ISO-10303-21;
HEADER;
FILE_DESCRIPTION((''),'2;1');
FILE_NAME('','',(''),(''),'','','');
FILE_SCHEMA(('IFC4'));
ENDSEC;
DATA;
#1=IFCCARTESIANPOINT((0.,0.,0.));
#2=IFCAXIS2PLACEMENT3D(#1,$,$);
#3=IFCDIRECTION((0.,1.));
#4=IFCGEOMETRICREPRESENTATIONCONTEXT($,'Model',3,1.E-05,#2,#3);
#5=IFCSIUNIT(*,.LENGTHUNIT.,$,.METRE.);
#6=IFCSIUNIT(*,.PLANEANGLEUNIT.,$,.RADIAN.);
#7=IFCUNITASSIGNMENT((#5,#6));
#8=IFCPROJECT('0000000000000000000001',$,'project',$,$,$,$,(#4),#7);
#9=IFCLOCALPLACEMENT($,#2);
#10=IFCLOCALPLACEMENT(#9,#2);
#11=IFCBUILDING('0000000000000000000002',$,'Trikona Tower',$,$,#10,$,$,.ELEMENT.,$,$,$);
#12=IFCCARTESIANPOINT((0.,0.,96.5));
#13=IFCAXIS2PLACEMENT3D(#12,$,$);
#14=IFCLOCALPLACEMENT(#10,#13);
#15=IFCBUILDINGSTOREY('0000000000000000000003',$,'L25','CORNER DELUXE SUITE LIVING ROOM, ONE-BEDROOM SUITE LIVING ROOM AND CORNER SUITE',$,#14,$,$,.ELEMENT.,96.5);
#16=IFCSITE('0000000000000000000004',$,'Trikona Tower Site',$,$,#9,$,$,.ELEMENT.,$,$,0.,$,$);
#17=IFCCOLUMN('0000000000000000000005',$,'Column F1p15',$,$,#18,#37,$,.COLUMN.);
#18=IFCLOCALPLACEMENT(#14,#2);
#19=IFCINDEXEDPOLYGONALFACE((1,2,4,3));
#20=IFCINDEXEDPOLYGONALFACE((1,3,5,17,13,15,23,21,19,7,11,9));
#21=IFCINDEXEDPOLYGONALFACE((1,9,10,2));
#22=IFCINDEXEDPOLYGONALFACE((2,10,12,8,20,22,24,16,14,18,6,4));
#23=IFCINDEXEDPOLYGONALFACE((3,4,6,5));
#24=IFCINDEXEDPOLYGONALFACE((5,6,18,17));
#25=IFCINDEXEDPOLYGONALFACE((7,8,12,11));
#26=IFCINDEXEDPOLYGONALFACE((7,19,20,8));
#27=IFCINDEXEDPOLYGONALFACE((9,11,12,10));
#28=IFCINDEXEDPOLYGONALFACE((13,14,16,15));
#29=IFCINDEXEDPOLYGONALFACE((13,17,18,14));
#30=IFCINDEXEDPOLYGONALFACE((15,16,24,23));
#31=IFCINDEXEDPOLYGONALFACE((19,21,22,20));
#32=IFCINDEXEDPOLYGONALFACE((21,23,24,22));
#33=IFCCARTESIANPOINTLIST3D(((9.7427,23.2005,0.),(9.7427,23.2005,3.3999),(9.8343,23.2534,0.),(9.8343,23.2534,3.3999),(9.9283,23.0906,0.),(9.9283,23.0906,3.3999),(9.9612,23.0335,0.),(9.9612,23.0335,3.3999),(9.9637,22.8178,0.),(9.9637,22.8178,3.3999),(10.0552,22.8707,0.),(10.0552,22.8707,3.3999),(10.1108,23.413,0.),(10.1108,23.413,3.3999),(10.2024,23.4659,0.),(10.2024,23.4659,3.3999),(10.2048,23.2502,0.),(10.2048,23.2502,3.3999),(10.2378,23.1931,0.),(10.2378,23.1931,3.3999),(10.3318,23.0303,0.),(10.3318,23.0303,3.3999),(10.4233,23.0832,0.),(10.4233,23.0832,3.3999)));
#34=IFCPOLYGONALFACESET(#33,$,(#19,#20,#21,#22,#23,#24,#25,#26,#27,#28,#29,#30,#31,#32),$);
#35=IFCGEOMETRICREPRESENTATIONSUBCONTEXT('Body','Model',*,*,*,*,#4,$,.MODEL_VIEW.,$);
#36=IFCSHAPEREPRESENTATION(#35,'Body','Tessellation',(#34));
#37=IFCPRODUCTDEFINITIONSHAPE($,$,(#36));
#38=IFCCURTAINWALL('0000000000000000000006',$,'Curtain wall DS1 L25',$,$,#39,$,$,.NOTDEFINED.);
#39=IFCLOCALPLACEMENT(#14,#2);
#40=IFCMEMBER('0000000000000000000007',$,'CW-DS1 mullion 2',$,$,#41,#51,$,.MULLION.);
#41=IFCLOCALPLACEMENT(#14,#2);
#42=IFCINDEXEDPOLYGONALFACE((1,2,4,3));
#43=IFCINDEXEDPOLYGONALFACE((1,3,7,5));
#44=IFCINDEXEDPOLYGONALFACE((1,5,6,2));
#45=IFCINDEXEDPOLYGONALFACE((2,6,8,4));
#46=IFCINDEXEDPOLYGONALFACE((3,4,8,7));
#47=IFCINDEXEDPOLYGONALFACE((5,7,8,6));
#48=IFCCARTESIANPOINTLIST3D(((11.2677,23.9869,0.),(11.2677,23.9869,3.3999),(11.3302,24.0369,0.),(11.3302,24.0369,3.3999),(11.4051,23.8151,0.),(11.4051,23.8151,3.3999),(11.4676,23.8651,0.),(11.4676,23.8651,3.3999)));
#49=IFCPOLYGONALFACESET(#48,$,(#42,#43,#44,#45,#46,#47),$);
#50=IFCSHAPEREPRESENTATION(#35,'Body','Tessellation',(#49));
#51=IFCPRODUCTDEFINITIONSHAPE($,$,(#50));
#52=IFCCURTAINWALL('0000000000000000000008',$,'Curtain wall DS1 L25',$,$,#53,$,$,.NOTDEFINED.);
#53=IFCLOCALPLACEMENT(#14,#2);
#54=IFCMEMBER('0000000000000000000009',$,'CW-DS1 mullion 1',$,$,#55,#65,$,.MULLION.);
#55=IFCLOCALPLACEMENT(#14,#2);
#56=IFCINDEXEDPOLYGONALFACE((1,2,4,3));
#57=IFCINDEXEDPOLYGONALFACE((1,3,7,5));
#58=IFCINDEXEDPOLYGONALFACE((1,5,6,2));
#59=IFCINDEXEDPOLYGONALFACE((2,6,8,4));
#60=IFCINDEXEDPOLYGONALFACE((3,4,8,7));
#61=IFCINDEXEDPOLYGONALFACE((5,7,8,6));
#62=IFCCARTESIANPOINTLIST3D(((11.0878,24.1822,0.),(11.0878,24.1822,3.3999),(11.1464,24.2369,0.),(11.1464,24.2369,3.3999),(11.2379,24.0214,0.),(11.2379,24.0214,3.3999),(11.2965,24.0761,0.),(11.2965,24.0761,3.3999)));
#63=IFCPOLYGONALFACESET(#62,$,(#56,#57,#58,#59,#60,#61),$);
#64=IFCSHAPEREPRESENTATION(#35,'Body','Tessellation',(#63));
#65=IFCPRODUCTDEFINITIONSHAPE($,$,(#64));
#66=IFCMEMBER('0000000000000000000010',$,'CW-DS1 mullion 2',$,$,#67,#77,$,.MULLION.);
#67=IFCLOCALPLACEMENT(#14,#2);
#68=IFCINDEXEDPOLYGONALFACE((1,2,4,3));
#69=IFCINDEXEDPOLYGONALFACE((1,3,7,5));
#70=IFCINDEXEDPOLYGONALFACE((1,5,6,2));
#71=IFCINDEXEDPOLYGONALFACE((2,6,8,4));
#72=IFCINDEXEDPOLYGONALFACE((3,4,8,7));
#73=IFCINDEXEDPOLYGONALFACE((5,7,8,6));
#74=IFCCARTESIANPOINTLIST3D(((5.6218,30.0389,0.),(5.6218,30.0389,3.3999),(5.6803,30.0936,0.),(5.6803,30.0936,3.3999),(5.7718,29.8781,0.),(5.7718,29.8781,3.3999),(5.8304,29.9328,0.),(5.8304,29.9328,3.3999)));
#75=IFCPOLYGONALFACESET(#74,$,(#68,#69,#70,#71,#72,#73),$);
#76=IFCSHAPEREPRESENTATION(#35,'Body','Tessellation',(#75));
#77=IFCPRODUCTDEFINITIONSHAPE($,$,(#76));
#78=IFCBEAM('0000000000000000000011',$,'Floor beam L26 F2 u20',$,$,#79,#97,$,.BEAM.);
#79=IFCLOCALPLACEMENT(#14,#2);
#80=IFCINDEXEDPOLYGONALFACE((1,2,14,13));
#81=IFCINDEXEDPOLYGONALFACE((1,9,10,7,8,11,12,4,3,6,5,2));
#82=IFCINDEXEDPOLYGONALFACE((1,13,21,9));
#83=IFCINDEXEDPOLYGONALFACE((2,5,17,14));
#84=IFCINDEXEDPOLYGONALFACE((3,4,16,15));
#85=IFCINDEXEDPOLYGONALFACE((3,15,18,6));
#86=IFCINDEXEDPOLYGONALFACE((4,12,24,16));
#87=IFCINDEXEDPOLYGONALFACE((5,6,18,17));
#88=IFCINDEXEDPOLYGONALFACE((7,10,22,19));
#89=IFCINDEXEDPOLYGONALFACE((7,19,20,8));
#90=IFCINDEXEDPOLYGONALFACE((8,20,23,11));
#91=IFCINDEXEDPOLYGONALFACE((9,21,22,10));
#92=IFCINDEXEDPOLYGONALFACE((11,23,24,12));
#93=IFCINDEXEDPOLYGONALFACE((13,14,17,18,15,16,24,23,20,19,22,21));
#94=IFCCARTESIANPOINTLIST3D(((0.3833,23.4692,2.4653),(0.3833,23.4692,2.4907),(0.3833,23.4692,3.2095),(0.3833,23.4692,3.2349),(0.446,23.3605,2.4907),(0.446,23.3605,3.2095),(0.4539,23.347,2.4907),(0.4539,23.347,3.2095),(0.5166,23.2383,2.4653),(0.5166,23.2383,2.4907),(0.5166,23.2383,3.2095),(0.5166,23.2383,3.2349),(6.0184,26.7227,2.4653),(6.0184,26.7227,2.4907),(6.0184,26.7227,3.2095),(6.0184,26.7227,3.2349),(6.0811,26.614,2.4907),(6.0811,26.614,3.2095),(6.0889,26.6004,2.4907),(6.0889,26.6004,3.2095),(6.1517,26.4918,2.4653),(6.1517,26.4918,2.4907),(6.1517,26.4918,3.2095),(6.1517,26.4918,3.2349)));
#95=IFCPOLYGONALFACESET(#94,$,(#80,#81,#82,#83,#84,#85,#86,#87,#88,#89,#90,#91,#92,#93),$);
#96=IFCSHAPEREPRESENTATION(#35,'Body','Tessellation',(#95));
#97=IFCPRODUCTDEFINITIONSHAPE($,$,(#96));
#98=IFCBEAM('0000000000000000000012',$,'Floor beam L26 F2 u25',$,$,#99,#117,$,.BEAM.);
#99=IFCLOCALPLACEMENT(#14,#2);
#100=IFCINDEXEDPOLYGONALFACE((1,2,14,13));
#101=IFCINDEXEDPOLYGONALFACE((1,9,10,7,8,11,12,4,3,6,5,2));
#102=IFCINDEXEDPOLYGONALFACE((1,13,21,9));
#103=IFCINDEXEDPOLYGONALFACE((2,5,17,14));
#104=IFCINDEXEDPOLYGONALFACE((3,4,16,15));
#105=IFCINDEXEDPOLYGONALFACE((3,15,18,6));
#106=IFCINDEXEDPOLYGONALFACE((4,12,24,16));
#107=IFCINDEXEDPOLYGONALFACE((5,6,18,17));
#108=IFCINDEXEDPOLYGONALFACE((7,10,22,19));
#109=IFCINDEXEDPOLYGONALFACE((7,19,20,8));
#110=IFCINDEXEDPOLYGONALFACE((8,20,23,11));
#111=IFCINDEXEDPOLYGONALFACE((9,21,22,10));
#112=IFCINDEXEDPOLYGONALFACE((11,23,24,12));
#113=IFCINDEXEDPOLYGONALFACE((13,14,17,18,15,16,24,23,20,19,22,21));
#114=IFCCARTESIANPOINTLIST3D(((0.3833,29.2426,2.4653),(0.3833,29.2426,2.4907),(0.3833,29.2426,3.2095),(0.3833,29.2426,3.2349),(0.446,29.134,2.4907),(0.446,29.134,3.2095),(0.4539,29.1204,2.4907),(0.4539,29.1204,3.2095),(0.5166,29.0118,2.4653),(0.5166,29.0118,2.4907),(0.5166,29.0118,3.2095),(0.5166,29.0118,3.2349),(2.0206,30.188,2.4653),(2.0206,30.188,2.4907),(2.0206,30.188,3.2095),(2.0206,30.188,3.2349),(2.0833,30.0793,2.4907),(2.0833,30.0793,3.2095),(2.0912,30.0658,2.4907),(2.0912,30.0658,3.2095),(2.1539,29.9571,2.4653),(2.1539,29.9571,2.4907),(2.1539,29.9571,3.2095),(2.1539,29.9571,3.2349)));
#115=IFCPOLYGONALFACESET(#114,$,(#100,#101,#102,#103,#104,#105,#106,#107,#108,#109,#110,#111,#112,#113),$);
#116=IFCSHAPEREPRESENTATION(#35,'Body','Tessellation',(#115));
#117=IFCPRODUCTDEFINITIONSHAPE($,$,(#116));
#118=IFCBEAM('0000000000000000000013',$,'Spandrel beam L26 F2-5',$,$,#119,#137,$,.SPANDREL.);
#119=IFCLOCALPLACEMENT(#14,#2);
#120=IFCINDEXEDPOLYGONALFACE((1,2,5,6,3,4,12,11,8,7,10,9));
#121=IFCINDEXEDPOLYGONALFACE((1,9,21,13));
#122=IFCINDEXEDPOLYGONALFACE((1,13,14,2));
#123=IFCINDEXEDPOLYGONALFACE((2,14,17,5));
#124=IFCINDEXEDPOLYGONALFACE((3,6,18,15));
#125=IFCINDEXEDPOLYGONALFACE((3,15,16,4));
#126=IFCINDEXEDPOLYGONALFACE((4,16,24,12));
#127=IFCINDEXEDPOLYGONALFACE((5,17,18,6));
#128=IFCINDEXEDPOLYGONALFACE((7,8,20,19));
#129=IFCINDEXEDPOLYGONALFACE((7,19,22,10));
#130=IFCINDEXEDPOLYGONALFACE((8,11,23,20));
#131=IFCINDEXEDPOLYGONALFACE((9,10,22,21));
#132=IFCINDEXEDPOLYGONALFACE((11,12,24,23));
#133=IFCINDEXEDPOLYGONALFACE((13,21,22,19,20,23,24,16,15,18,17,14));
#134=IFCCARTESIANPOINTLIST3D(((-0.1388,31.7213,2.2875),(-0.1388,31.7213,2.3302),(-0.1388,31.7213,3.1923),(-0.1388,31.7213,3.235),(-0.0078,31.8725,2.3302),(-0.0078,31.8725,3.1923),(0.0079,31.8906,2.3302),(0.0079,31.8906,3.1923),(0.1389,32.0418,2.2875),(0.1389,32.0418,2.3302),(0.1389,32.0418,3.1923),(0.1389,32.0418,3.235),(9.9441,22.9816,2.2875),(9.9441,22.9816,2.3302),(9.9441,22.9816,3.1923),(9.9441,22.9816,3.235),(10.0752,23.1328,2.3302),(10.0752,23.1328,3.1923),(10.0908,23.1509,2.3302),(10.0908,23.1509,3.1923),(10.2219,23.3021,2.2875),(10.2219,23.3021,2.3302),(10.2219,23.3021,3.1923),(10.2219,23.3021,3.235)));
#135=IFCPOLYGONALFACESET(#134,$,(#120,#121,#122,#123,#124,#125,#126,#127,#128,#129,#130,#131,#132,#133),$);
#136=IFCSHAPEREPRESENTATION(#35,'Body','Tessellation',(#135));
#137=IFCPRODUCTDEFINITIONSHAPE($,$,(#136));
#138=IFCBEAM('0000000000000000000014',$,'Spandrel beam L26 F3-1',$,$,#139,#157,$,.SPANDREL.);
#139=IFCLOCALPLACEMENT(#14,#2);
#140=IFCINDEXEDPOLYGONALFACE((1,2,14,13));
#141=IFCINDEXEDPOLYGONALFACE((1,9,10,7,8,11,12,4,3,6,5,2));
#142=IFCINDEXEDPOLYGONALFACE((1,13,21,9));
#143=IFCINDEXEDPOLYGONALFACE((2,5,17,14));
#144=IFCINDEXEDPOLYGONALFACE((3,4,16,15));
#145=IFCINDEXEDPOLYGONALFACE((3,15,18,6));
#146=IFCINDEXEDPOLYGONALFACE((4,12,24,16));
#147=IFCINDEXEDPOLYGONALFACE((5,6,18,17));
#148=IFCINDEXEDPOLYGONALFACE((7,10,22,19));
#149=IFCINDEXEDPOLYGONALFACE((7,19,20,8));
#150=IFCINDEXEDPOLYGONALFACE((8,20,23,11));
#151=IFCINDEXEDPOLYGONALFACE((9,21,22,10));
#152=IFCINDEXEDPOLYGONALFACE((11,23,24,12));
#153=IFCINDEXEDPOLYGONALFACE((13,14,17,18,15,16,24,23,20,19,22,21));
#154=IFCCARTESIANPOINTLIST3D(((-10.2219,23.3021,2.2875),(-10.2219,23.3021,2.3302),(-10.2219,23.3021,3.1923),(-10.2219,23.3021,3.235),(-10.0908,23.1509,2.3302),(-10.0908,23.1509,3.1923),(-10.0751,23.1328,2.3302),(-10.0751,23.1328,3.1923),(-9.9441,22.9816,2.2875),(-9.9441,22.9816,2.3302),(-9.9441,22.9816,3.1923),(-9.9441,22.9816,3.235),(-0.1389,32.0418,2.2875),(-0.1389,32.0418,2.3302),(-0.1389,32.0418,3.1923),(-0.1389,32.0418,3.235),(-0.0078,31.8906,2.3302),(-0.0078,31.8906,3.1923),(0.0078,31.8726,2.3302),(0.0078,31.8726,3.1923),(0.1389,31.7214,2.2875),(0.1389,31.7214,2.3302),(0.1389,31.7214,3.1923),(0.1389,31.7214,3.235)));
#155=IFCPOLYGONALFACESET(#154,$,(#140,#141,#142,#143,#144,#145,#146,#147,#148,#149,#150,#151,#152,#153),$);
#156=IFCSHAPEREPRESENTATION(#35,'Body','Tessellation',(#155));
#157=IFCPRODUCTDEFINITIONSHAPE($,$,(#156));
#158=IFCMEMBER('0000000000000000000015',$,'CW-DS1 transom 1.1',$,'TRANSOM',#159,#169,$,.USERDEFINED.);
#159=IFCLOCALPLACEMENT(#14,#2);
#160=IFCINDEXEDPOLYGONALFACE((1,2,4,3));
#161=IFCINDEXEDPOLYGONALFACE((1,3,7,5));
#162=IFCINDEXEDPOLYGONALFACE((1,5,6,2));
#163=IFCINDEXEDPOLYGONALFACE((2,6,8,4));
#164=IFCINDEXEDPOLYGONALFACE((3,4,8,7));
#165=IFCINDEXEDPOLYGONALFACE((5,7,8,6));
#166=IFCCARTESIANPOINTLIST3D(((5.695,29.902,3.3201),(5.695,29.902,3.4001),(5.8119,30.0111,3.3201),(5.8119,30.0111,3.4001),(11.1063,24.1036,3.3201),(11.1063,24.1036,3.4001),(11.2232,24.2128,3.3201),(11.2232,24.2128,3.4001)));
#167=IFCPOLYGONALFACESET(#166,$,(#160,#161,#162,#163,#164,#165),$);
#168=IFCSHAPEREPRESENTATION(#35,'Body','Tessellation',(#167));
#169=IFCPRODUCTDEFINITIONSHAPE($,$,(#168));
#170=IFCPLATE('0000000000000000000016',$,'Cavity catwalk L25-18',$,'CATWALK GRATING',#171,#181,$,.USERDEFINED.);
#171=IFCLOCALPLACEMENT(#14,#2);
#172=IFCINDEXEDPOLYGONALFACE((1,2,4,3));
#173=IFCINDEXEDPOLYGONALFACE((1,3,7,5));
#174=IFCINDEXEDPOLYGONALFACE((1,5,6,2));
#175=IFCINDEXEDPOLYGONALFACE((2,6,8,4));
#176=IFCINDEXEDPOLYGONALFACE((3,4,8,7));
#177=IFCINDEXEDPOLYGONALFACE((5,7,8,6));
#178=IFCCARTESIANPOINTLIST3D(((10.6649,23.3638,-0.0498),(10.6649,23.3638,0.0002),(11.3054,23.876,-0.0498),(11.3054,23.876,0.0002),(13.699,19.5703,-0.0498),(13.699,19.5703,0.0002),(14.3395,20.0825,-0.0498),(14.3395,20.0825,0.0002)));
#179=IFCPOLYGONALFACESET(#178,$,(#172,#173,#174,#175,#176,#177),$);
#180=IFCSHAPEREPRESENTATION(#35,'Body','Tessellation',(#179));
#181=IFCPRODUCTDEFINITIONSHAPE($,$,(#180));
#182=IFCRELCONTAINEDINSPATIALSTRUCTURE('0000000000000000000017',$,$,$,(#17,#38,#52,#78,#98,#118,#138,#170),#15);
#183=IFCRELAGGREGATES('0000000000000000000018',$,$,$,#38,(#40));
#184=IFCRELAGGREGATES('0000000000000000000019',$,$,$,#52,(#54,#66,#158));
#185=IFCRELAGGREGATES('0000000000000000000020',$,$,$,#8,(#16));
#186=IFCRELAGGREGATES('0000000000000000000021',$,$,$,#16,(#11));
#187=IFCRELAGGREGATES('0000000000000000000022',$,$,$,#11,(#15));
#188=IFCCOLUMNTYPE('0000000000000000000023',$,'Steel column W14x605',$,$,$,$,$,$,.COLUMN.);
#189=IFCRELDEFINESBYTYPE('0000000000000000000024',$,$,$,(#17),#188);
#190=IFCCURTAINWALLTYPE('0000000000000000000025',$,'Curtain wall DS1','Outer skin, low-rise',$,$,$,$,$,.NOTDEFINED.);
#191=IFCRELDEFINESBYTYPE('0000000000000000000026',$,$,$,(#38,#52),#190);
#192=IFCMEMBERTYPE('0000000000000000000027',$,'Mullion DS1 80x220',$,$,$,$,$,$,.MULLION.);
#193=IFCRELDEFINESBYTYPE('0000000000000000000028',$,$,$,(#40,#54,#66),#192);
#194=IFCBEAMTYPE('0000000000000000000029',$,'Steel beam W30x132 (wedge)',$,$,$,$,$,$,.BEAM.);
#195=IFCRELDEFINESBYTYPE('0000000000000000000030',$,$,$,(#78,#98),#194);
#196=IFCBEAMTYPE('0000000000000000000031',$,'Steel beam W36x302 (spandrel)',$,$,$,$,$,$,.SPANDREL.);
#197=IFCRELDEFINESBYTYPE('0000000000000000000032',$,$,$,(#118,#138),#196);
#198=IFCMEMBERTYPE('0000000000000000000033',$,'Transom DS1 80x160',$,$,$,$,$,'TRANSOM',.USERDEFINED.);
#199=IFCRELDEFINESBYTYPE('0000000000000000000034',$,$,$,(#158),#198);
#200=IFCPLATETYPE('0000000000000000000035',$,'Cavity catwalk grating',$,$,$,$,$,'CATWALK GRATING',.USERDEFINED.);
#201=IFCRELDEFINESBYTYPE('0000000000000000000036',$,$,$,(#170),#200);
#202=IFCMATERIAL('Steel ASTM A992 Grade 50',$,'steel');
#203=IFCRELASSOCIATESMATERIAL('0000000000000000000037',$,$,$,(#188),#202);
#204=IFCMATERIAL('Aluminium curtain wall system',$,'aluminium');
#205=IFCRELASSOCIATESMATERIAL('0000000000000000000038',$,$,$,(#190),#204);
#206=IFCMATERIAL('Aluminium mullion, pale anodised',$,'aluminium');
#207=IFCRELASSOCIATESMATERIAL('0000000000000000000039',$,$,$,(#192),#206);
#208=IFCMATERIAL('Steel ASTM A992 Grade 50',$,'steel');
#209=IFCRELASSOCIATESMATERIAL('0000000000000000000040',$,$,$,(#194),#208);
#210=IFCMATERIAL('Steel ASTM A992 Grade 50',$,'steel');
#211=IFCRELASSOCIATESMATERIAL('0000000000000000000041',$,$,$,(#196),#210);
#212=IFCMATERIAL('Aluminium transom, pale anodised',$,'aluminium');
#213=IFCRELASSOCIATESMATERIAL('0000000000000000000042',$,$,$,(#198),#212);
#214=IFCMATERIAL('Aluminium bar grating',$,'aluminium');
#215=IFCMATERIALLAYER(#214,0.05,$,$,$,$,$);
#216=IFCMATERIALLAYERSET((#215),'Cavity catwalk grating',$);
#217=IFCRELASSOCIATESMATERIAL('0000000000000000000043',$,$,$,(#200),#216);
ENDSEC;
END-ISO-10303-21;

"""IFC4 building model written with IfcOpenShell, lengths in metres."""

from ifc_helpers import new_model, si_unit, direction, frame, origin, origin_2d, place, context, subcontext, project, spatial, rectangle, i_section, extrude, material, layer, layer_set, material_profile, profile_set, type_object, element, aggregate, save


model = new_model("IFC4")

# Units and contexts
model_context = context("Model", 3, precision=1e-05, world=origin(), true_north=direction((0.0, 1.0)))
body_context = subcontext(model_context, "Body", "Model", "MODEL_VIEW")
ifc_project = project(units=[si_unit("LENGTHUNIT", "METRE"), si_unit("PLANEANGLEUNIT", "RADIAN")], contexts=[model_context])

# Site, building, storey
site_placement = place(None, origin())
site = spatial("IfcSite", under=ifc_project, at=site_placement, Name="Trikona Tower Site", CompositionType="ELEMENT", RefElevation=0.0)
building_placement = place(site_placement, origin())
building = spatial("IfcBuilding", under=site, at=building_placement, Name="Trikona Tower", CompositionType="ELEMENT")
storey_placement = place(building_placement, frame((0.0, 0.0, 96.5)))
storey = spatial("IfcBuildingStorey", under=building, at=storey_placement, Name="L25", Description="CORNER DELUXE SUITE LIVING ROOM, ONE-BEDROOM SUITE LIVING ROOM AND CORNER SUITE", CompositionType="ELEMENT", Elevation=96.5)

# Column
ifc_material_1 = material(Name="Steel ASTM A992 Grade 50", Category="steel")
ifc_material_profile_1 = material_profile(ifc_material_1, i_section(OverallWidth=0.4419, OverallDepth=0.5308, WebThickness=0.0659, FlangeThickness=0.1057, at=origin_2d()), Name="W14X605")
ifc_profile_set_1 = profile_set([ifc_material_profile_1], Name="Steel ASTM A992 Grade 50")
column_type = type_object("IfcColumnType", Name="Steel column W14x605", PredefinedType="COLUMN", material=ifc_profile_set_1)
column_placement = place(storey_placement, frame((10.083, 23.1418, 0.0), z_axis=(0.0, 0.0, 1.0), x_axis=(-0.5, 0.866025, 0.0)))
element("IfcColumn", 1, at=column_placement, inside=storey, type_object=column_type, Name="Column F1p15", PredefinedType="COLUMN", context=body_context, shape_type="SweptSolid", body=[
    extrude(i_section(OverallWidth=0.4419, OverallDepth=0.5308, WebThickness=0.0659, FlangeThickness=0.1057, at=origin_2d()), origin(), (0.0, 0.0, 1.0), 3.3999),
])

# Curtain wall, member
ifc_material_2 = material(Name="Aluminium curtain wall system", Category="aluminium")
curtain_wall_type = type_object("IfcCurtainWallType", Name="Curtain wall DS1", Description="Outer skin, low-rise", PredefinedType="NOTDEFINED", material=ifc_material_2)
curtain_wall_1_placement = place(storey_placement, origin())
curtain_wall_1 = element("IfcCurtainWall", 2, at=curtain_wall_1_placement, inside=storey, type_object=curtain_wall_type, Name="Curtain wall DS1 L25", PredefinedType="NOTDEFINED")
ifc_material_3 = material(Name="Aluminium mullion, pale anodised", Category="aluminium")
ifc_material_profile_2 = material_profile(ifc_material_3, rectangle(XDim=0.0801, YDim=0.22, at=origin_2d()), Name="MUL-DS1")
ifc_profile_set_2 = profile_set([ifc_material_profile_2], Name="Aluminium mullion, pale anodised")
member_type_1 = type_object("IfcMemberType", Name="Mullion DS1 80x220", PredefinedType="MULLION", material=ifc_profile_set_2)
member_1_placement = place(storey_placement, frame((11.3677, 23.926, 0.0), z_axis=(0.0, 0.0, 1.0), x_axis=(-0.780938, -0.624609, 0.0)))
member_1 = element("IfcMember", 3, at=member_1_placement, type_object=member_type_1, Name="CW-DS1 mullion 2", PredefinedType="MULLION", context=body_context, shape_type="SweptSolid", body=[
    extrude(rectangle(XDim=0.0801, YDim=0.22, at=origin_2d()), origin(), (0.0, 0.0, 1.0), 3.3999),
])

# Curtain wall, members
curtain_wall_2_placement = place(storey_placement, origin())
curtain_wall_2 = element("IfcCurtainWall", 4, at=curtain_wall_2_placement, inside=storey, type_object=curtain_wall_type, Name="Curtain wall DS1 L25", PredefinedType="NOTDEFINED")
member_2_placement = place(storey_placement, frame((11.1921, 24.1292, 0.0), z_axis=(0.0, 0.0, 1.0), x_axis=(-0.731077, -0.682295, 0.0)))
member_2 = element("IfcMember", 5, at=member_2_placement, type_object=member_type_1, Name="CW-DS1 mullion 1", PredefinedType="MULLION", context=body_context, shape_type="SweptSolid", body=[
    extrude(rectangle(XDim=0.0801, YDim=0.22, at=origin_2d()), origin(), (0.0, 0.0, 1.0), 3.3999),
])
member_3_placement = place(storey_placement, frame((5.7261, 29.9858, 0.0), z_axis=(0.0, 0.0, 1.0), x_axis=(-0.731077, -0.682295, 0.0)))
member_3 = element("IfcMember", 6, at=member_3_placement, type_object=member_type_1, Name="CW-DS1 mullion 2", PredefinedType="MULLION", context=body_context, shape_type="SweptSolid", body=[
    extrude(rectangle(XDim=0.0801, YDim=0.22, at=origin_2d()), origin(), (0.0, 0.0, 1.0), 3.3999),
])

# Beams
ifc_material_4 = material(Name="Steel ASTM A992 Grade 50", Category="steel")
ifc_material_profile_3 = material_profile(ifc_material_4, i_section(OverallWidth=0.2666, OverallDepth=0.7695, WebThickness=0.0156, FlangeThickness=0.0254, at=origin_2d()), Name="W30X132")
ifc_profile_set_3 = profile_set([ifc_material_profile_3], Name="Steel ASTM A992 Grade 50")
beam_type_1 = type_object("IfcBeamType", Name="Steel beam W30x132 (wedge)", PredefinedType="BEAM", material=ifc_profile_set_3)
beam_1_placement = place(storey_placement, frame((0.45, 23.3538, 2.8501), z_axis=(0.866023, 0.500005, 0.0), x_axis=(-0.500005, 0.866023, 0.0)))
element("IfcBeam", 7, at=beam_1_placement, inside=storey, type_object=beam_type_1, Name="Floor beam L26 F2 u20", PredefinedType="BEAM", context=body_context, shape_type="SweptSolid", body=[
    extrude(i_section(OverallWidth=0.2666, OverallDepth=0.7695, WebThickness=0.0156, FlangeThickness=0.0254, at=origin_2d()), origin(), (0.0, 0.0, 1.0), 6.5068),
])
beam_2_placement = place(storey_placement, frame((0.45, 29.1272, 2.8501), z_axis=(0.866009, 0.500028, 0.0), x_axis=(-0.500028, 0.866009, 0.0)))
element("IfcBeam", 8, at=beam_2_placement, inside=storey, type_object=beam_type_1, Name="Floor beam L26 F2 u25", PredefinedType="BEAM", context=body_context, shape_type="SweptSolid", body=[
    extrude(i_section(OverallWidth=0.2666, OverallDepth=0.7695, WebThickness=0.0156, FlangeThickness=0.0254, at=origin_2d()), origin(), (0.0, 0.0, 1.0), 1.8906),
])
ifc_material_5 = material(Name="Steel ASTM A992 Grade 50", Category="steel")
ifc_material_profile_4 = material_profile(ifc_material_5, i_section(OverallWidth=0.4241, OverallDepth=0.9475, WebThickness=0.0239, FlangeThickness=0.0427, at=origin_2d()), Name="W36X302")
ifc_profile_set_4 = profile_set([ifc_material_profile_4], Name="Steel ASTM A992 Grade 50")
beam_type_2 = type_object("IfcBeamType", Name="Steel beam W36x302 (spandrel)", PredefinedType="SPANDREL", material=ifc_profile_set_4)
for number, where, z_axis, x_axis, name in (
    (9, (10.083, 23.1418, 2.7612), (-0.755647, 0.654979, 0.0), (-0.654979, -0.755647, 0.0), "Spandrel beam L26 F2-5"),
    (10, (0.0, 31.8816, 2.7612), (-0.755647, -0.654979, 0.0), (0.654979, -0.755647, 0.0), "Spandrel beam L26 F3-1"),
):
    element("IfcBeam", number, at=place(storey_placement, frame(where, z_axis=z_axis, x_axis=x_axis)), inside=storey, type_object=beam_type_2, Name=name, PredefinedType="SPANDREL", context=body_context, shape_type="SweptSolid", body=[
        extrude(i_section(OverallWidth=0.4241, OverallDepth=0.9475, WebThickness=0.0239, FlangeThickness=0.0427, at=origin_2d()), origin(), (0.0, 0.0, 1.0), 13.3435),
    ])

# Member
ifc_material_6 = material(Name="Aluminium transom, pale anodised", Category="aluminium")
ifc_material_profile_5 = material_profile(ifc_material_6, rectangle(XDim=0.1599, YDim=0.0801, at=origin_2d()), Name="TRN-DS1")
ifc_profile_set_5 = profile_set([ifc_material_profile_5], Name="Aluminium transom, pale anodised")
member_type_2 = type_object("IfcMemberType", Name="Transom DS1 80x160", ElementType="TRANSOM", PredefinedType="USERDEFINED", material=ifc_profile_set_5)
member_4_placement = place(storey_placement, frame((11.1648, 24.1582, 3.3601), z_axis=(-0.682291, 0.731081, 0.0), x_axis=(-0.731081, -0.682291, 0.0)))
member_4 = element("IfcMember", 11, at=member_4_placement, type_object=member_type_2, Name="CW-DS1 transom 1.1", ObjectType="TRANSOM", PredefinedType="USERDEFINED", context=body_context, shape_type="SweptSolid", body=[
    extrude(rectangle(XDim=0.1599, YDim=0.0801, at=origin_2d()), origin(), (0.0, 0.0, 1.0), 7.9312),
])

# Plate
ifc_material_7 = material(Name="Aluminium bar grating", Category="aluminium")
ifc_layer_1 = layer(ifc_material_7, 0.05)
ifc_layer_set_1 = layer_set([ifc_layer_1], Name="Cavity catwalk grating")
plate_type_1 = type_object("IfcPlateType", Name="Cavity catwalk grating", ElementType="CATWALK GRATING", PredefinedType="USERDEFINED", material=ifc_layer_set_1)
plate_1_placement = place(storey_placement, frame((12.5022, 21.7231, -0.0498), z_axis=(0.0, 0.0, 1.0), x_axis=(-0.624604, 0.780942, 0.0)))
element("IfcPlate", 12, at=plate_1_placement, inside=storey, type_object=plate_type_1, Name="Cavity catwalk L25-18", ObjectType="CATWALK GRATING", PredefinedType="USERDEFINED", context=body_context, shape_type="SweptSolid", body=[
    extrude(rectangle(XDim=4.8577, YDim=0.8201, at=origin_2d()), origin(), (0.0, 0.0, 1.0), 0.05),
])

aggregate(curtain_wall_1, [member_1])
aggregate(curtain_wall_2, [member_2, member_3, member_4])

save(model, "model.ifc")
